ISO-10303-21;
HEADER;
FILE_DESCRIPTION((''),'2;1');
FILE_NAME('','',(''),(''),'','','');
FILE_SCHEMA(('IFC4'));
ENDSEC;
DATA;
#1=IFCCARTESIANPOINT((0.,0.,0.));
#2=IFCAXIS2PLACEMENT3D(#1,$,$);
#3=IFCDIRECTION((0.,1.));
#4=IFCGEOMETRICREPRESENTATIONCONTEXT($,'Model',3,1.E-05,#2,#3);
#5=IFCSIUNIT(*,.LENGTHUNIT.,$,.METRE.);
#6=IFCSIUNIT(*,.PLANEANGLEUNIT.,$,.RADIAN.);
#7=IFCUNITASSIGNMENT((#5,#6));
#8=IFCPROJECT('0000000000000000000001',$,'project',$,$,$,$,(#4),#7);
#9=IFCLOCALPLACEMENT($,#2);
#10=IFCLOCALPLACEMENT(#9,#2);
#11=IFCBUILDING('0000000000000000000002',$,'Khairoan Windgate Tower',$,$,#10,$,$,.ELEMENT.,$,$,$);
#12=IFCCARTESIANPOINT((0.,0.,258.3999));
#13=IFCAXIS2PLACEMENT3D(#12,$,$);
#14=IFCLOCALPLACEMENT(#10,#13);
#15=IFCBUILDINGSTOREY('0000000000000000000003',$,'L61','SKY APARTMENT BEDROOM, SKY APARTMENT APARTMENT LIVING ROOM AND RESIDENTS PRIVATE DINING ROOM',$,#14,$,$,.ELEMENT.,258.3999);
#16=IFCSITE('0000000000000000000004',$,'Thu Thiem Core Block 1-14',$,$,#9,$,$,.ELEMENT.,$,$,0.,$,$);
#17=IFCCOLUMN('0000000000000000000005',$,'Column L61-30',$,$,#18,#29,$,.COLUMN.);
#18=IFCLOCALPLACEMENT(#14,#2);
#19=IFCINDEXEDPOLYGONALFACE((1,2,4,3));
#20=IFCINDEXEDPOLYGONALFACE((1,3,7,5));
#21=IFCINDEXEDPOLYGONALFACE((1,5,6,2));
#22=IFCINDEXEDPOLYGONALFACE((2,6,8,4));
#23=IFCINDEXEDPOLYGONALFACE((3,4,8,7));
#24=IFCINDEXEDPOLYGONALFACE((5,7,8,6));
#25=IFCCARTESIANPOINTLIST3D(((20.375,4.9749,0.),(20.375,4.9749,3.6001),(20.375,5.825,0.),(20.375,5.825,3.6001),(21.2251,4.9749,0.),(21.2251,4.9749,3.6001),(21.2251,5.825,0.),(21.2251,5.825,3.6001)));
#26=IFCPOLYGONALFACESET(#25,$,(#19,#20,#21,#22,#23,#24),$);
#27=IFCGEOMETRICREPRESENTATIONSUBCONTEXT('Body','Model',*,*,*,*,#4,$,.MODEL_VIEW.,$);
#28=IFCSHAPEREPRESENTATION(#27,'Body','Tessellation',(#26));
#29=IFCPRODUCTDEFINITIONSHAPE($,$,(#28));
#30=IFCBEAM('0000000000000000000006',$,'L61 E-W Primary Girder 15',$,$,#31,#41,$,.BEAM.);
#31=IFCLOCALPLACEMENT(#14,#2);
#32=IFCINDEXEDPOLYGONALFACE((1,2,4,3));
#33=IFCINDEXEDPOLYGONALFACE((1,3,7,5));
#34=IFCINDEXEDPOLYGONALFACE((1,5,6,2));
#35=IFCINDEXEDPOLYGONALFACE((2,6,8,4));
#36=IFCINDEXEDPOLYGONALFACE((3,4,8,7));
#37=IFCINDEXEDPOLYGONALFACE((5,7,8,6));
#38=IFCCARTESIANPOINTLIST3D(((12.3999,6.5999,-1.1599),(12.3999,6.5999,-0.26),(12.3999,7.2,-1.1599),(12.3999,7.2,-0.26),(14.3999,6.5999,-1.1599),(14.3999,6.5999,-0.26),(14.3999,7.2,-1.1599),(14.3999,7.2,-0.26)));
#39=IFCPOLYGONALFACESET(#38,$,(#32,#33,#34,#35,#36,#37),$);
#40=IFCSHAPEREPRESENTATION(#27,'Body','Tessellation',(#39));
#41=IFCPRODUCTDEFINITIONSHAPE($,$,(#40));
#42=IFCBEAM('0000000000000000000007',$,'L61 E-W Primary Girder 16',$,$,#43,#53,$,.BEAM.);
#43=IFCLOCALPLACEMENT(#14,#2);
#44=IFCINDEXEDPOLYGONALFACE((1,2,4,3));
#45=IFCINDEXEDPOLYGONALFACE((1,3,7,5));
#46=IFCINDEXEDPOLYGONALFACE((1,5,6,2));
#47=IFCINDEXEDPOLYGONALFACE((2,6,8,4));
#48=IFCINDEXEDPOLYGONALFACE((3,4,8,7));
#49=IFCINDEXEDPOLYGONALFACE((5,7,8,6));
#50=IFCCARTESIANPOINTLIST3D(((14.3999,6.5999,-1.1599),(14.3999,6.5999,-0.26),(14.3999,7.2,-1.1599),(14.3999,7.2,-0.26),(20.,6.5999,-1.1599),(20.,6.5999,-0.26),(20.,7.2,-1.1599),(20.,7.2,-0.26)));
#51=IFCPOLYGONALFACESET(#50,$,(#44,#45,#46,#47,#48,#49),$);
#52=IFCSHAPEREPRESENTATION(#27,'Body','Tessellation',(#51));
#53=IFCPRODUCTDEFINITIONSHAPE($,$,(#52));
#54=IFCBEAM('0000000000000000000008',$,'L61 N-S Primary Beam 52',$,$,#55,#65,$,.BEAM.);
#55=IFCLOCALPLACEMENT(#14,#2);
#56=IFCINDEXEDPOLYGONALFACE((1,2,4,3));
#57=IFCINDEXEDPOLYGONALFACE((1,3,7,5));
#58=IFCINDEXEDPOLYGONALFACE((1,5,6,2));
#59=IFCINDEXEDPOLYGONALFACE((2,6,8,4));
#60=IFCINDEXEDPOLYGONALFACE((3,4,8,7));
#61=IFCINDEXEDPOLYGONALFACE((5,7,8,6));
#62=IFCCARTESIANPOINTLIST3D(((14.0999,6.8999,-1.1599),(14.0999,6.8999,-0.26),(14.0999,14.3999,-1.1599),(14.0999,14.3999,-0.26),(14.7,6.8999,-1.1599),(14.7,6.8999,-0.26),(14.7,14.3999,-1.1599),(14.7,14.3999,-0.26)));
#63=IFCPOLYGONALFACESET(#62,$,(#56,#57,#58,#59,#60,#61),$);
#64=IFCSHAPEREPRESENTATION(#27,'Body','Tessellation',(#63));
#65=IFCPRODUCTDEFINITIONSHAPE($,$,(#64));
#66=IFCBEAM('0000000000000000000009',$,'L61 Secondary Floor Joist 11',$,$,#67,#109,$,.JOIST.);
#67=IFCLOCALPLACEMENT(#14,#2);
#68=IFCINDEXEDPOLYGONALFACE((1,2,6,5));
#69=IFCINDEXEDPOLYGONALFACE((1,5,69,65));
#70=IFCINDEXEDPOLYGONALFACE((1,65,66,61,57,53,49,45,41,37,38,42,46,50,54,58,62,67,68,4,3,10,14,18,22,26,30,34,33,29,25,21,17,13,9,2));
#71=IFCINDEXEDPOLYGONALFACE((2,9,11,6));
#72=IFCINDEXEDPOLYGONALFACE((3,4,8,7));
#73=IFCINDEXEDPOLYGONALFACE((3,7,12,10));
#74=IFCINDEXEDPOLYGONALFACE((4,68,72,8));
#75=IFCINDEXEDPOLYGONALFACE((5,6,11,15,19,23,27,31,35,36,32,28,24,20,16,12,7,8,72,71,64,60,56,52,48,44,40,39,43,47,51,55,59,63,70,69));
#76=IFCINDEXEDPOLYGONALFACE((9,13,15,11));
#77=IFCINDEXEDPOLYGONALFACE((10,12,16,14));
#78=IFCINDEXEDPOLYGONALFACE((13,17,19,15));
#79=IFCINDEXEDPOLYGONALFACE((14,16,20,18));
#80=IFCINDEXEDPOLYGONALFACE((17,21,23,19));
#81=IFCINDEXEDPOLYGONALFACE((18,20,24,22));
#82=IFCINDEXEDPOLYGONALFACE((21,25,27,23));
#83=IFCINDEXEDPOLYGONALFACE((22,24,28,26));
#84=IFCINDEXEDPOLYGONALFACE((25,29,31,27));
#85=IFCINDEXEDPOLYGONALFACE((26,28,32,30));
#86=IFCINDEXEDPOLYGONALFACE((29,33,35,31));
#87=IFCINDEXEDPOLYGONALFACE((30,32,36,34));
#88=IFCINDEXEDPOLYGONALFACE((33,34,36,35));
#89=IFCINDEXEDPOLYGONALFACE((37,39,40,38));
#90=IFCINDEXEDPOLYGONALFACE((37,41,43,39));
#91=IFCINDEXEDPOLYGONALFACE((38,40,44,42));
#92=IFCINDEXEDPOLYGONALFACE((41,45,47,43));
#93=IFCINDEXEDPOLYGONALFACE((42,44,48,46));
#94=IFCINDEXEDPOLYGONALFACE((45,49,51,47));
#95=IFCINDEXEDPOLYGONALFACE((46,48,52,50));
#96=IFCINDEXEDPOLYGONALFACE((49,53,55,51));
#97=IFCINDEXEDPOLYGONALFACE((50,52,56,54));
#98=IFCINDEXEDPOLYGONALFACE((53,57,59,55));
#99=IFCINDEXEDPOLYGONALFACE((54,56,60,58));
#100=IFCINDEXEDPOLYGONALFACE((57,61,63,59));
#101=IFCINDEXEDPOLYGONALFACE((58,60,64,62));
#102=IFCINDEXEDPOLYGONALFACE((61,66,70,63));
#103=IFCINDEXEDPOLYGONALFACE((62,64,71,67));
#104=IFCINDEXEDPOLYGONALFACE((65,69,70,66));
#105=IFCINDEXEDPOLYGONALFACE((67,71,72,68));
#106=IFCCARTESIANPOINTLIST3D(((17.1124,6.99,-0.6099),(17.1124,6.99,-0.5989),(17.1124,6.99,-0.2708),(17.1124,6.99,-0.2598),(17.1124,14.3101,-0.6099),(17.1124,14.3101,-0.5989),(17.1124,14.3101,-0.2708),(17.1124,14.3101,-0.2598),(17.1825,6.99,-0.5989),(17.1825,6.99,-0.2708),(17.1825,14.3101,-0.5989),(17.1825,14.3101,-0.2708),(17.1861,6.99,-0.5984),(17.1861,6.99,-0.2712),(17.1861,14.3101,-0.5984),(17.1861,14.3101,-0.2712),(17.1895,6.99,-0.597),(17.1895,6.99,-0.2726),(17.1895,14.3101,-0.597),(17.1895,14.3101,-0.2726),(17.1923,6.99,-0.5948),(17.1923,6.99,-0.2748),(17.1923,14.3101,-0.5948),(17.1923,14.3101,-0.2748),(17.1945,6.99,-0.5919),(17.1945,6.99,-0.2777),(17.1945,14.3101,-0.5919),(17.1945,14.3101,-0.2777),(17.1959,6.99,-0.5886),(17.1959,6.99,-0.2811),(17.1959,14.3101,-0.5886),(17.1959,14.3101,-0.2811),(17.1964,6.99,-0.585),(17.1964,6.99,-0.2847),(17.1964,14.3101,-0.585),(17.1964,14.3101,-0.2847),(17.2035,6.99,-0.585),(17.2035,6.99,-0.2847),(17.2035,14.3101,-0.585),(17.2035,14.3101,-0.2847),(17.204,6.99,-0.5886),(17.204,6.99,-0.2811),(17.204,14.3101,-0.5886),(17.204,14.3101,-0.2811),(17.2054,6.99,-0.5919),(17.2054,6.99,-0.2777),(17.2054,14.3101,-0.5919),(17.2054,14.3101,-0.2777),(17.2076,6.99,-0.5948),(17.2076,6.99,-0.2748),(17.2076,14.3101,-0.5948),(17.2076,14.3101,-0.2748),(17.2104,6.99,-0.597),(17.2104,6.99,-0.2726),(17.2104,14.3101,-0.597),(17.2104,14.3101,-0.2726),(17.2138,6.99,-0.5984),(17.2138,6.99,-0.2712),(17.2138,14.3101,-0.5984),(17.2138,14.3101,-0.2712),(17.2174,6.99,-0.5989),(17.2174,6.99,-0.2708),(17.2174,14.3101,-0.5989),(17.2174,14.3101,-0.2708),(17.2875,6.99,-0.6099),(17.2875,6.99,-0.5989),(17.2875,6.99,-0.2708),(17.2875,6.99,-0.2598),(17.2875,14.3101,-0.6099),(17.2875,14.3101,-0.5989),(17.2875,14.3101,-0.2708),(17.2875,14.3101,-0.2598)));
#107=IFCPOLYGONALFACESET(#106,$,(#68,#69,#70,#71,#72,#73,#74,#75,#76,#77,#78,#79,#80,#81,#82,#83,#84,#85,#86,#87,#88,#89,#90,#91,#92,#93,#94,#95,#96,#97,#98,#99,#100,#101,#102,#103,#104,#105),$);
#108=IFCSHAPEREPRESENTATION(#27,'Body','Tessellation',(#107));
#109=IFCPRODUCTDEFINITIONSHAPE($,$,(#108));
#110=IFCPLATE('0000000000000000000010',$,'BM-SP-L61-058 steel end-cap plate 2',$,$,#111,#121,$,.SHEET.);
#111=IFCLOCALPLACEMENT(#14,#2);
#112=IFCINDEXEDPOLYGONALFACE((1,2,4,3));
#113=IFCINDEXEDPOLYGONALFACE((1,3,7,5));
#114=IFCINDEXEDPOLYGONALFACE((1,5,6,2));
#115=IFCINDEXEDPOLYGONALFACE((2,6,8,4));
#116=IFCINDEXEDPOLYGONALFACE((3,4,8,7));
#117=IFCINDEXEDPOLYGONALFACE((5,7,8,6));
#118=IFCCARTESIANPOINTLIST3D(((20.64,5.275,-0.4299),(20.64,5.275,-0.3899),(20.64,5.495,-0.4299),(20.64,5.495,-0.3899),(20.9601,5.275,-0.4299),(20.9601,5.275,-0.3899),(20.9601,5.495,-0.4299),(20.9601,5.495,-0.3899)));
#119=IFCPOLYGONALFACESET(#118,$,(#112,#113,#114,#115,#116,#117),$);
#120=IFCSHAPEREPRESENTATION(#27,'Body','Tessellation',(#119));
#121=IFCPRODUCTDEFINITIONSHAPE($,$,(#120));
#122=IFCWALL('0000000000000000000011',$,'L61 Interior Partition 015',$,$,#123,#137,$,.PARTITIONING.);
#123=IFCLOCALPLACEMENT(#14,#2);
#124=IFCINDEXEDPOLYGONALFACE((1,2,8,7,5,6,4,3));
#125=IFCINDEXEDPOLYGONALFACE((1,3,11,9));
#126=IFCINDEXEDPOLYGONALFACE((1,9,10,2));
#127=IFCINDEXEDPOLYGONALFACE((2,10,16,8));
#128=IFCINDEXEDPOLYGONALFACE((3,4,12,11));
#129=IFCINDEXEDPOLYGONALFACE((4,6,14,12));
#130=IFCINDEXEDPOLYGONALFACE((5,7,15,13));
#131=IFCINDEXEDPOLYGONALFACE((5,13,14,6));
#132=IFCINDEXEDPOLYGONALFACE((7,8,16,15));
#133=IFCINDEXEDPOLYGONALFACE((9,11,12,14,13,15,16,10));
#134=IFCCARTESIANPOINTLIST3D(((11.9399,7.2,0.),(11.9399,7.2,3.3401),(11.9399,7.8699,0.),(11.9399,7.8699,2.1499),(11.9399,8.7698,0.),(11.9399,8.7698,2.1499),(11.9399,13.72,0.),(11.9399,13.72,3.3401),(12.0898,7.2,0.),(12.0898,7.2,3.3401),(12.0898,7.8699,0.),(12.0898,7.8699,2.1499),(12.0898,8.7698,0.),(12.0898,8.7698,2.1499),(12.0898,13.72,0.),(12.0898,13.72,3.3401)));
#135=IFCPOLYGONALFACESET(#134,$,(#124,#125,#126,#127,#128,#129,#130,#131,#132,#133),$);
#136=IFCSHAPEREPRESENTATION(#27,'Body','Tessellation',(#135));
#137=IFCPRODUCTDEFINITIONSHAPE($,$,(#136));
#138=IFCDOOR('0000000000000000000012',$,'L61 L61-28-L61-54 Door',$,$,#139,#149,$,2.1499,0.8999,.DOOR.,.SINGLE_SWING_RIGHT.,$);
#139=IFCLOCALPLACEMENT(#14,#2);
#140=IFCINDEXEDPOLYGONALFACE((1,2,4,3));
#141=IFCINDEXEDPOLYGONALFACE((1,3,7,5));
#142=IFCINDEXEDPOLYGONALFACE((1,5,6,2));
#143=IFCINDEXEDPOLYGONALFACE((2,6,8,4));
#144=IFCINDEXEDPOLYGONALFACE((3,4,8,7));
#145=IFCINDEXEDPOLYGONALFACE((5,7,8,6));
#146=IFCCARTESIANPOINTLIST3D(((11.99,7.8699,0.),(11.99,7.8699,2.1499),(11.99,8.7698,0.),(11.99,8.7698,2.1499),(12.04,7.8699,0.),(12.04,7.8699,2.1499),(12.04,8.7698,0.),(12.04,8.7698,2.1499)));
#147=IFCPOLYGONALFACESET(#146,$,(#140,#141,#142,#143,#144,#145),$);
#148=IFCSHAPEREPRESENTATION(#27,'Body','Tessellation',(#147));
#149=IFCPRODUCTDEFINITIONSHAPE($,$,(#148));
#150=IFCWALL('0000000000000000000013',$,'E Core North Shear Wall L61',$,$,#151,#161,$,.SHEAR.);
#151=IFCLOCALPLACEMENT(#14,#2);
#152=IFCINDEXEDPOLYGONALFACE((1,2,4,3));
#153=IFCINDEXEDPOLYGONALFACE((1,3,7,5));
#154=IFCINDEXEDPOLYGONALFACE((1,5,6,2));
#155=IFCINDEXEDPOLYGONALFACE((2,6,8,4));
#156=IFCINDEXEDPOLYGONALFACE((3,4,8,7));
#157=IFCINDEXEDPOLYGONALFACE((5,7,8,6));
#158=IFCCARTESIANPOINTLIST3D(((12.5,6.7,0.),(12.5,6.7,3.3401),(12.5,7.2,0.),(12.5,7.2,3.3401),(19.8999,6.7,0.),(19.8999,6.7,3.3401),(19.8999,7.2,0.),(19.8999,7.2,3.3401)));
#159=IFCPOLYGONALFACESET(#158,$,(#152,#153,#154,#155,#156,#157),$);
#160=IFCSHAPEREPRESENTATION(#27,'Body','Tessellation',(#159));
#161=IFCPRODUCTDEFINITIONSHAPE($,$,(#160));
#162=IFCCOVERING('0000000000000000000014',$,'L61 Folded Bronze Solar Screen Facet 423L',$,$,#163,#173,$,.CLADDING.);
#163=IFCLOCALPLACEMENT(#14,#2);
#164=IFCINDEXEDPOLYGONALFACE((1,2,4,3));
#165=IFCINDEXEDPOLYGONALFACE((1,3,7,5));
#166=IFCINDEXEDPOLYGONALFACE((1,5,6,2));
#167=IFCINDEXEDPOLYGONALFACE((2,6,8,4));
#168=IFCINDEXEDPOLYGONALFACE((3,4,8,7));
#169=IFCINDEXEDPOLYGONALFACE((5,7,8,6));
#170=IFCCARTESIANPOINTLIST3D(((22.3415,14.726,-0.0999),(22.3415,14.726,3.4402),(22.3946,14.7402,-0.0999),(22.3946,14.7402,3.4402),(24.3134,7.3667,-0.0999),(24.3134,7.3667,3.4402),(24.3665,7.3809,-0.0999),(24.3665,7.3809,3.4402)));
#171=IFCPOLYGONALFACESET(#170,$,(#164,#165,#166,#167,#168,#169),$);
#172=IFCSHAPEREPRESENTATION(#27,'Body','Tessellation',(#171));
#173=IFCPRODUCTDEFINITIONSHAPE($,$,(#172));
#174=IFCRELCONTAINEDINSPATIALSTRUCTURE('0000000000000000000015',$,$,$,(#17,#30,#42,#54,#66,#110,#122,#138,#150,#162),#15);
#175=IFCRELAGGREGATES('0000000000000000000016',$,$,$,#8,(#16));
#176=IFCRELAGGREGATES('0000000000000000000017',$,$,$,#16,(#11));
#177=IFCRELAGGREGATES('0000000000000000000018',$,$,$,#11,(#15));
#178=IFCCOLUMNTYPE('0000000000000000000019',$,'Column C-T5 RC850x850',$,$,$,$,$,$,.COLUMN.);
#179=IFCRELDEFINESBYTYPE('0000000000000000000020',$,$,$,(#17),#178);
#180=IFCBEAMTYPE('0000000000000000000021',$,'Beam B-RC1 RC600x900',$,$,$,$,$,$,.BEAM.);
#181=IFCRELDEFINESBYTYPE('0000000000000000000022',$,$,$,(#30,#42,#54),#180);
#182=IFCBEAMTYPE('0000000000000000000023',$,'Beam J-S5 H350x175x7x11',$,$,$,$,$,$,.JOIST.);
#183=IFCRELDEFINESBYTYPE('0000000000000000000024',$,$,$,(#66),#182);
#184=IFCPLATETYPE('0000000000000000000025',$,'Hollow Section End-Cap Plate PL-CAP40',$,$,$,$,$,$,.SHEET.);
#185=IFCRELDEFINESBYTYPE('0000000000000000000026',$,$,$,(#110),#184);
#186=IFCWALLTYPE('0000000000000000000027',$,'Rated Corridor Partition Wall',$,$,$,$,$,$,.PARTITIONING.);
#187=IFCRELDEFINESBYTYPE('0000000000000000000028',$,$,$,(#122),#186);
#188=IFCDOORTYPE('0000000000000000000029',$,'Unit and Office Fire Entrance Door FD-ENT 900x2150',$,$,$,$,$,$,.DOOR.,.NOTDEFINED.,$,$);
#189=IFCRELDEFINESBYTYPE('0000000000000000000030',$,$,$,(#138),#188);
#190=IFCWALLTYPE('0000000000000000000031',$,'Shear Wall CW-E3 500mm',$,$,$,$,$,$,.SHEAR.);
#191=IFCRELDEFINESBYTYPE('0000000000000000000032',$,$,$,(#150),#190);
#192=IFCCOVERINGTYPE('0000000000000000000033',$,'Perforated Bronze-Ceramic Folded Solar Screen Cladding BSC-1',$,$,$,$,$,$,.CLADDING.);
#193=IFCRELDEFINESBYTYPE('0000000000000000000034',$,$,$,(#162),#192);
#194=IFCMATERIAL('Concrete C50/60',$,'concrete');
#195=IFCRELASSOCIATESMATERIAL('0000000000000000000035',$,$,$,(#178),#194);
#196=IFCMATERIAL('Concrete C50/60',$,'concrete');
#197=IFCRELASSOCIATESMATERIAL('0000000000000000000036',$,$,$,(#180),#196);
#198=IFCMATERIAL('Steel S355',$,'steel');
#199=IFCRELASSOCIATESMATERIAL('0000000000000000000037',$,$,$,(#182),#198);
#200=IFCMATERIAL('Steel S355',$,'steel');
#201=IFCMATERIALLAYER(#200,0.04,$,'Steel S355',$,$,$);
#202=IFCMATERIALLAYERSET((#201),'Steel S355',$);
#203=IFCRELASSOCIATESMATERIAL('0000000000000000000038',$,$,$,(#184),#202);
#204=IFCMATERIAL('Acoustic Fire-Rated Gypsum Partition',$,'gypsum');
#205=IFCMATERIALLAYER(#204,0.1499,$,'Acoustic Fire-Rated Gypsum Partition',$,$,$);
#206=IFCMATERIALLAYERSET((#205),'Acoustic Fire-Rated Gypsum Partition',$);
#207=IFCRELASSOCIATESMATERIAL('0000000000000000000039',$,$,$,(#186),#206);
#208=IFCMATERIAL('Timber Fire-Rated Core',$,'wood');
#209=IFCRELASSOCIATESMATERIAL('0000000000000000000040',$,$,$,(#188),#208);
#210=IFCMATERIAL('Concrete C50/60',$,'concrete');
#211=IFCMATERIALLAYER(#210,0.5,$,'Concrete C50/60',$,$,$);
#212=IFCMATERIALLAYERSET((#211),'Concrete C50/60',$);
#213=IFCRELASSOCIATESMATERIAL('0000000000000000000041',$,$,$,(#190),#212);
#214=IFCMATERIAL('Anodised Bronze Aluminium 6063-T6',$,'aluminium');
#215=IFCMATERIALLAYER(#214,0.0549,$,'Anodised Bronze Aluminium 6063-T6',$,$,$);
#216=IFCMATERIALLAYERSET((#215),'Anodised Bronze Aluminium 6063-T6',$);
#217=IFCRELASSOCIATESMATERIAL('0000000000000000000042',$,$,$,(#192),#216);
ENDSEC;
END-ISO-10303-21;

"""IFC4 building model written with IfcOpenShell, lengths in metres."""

from ifc_helpers import new_model, si_unit, direction, frame, frame_2d, origin, origin_2d, place, context, subcontext, project, spatial, rectangle, i_section, extrude, material, layer, layer_set, material_profile, profile_set, type_object, element, fill, save


model = new_model("IFC4")

# Units and contexts
model_context = context("Model", 3, precision=1e-05, world=origin(), true_north=direction((0.0, 1.0)))
body_context = subcontext(model_context, "Body", "Model", "MODEL_VIEW")
ifc_project = project(units=[si_unit("LENGTHUNIT", "METRE"), si_unit("PLANEANGLEUNIT", "RADIAN")], contexts=[model_context])

# Site, building, storey
site_placement = place(None, origin())
site = spatial("IfcSite", under=ifc_project, at=site_placement, Name="Thu Thiem Core Block 1-14", CompositionType="ELEMENT", RefElevation=0.0)
building_placement = place(site_placement, origin())
building = spatial("IfcBuilding", under=site, at=building_placement, Name="Khairoan Windgate Tower", CompositionType="ELEMENT")
storey_placement = place(building_placement, frame((0.0, 0.0, 258.3999)))
storey = spatial("IfcBuildingStorey", under=building, at=storey_placement, Name="L61", Description="SKY APARTMENT BEDROOM, SKY APARTMENT APARTMENT LIVING ROOM AND RESIDENTS PRIVATE DINING ROOM", CompositionType="ELEMENT", Elevation=258.3999)

# Column
ifc_material_1 = material(Name="Concrete C50/60", Category="concrete")
ifc_material_profile_1 = material_profile(ifc_material_1, rectangle(XDim=0.8501, YDim=0.8501, at=origin_2d()))
ifc_profile_set_1 = profile_set([ifc_material_profile_1], Name="Concrete C50/60")
column_type = type_object("IfcColumnType", Name="Column C-T5 RC850x850", PredefinedType="COLUMN", material=ifc_profile_set_1)
column_placement = place(storey_placement, frame((20.8, 5.3999, 0.0), z_axis=(0.0, 0.0, 1.0), x_axis=(1.0, 0.0, 0.0)))
element("IfcColumn", 1, at=column_placement, inside=storey, type_object=column_type, Name="Column L61-30", PredefinedType="COLUMN", context=body_context, shape_type="SweptSolid", body=[
    extrude(rectangle(XDim=0.8501, YDim=0.8501, at=origin_2d()), origin(), (0.0, 0.0, 1.0), 3.6001),
])

# Beams
ifc_material_2 = material(Name="Concrete C50/60", Category="concrete")
ifc_material_profile_2 = material_profile(ifc_material_2, rectangle(XDim=0.6001, YDim=0.8999, at=origin_2d()))
ifc_profile_set_2 = profile_set([ifc_material_profile_2], Name="Concrete C50/60")
beam_type_1 = type_object("IfcBeamType", Name="Beam B-RC1 RC600x900", PredefinedType="BEAM", material=ifc_profile_set_2)
beam_1_placement = place(storey_placement, frame((12.3999, 6.8999, -0.71), z_axis=(1.0, 0.0, 0.0), x_axis=(0.0, 1.0, 0.0)))
element("IfcBeam", 2, at=beam_1_placement, inside=storey, type_object=beam_type_1, Name="L61 E-W Primary Girder 15", PredefinedType="BEAM", context=body_context, shape_type="SweptSolid", body=[
    extrude(rectangle(XDim=0.6001, YDim=0.8999, at=origin_2d()), origin(), (0.0, 0.0, 1.0), 2.0),
])
beam_2_placement = place(storey_placement, frame((14.3999, 6.8999, -0.71), z_axis=(1.0, 0.0, 0.0), x_axis=(0.0, 1.0, 0.0)))
element("IfcBeam", 3, at=beam_2_placement, inside=storey, type_object=beam_type_1, Name="L61 E-W Primary Girder 16", PredefinedType="BEAM", context=body_context, shape_type="SweptSolid", body=[
    extrude(rectangle(XDim=0.6001, YDim=0.8999, at=origin_2d()), origin(), (0.0, 0.0, 1.0), 5.6001),
])
beam_3_placement = place(storey_placement, frame((14.3999, 6.8999, -0.71), z_axis=(0.0, 1.0, 0.0), x_axis=(-1.0, 0.0, 0.0)))
element("IfcBeam", 4, at=beam_3_placement, inside=storey, type_object=beam_type_1, Name="L61 N-S Primary Beam 52", PredefinedType="BEAM", context=body_context, shape_type="SweptSolid", body=[
    extrude(rectangle(XDim=0.6001, YDim=0.8999, at=origin_2d()), origin(), (0.0, 0.0, 1.0), 7.5),
])
ifc_material_3 = material(Name="Steel S355", Category="steel")
ifc_material_profile_3 = material_profile(ifc_material_3, i_section(OverallWidth=0.175, OverallDepth=0.3501, WebThickness=0.0071, FlangeThickness=0.011, FilletRadius=0.0139, at=origin_2d()))
ifc_profile_set_3 = profile_set([ifc_material_profile_3], Name="Steel S355")
beam_type_2 = type_object("IfcBeamType", Name="Beam J-S5 H350x175x7x11", PredefinedType="JOIST", material=ifc_profile_set_3)
beam_4_placement = place(storey_placement, frame((17.2, 6.99, -0.4348), z_axis=(0.0, 1.0, 0.0), x_axis=(-1.0, 0.0, 0.0)))
element("IfcBeam", 5, at=beam_4_placement, inside=storey, type_object=beam_type_2, Name="L61 Secondary Floor Joist 11", PredefinedType="JOIST", context=body_context, shape_type="SweptSolid", body=[
    extrude(i_section(OverallWidth=0.175, OverallDepth=0.3501, WebThickness=0.0071, FlangeThickness=0.011, FilletRadius=0.0139, at=origin_2d()), origin(), (0.0, 0.0, 1.0), 7.3201),
])

# Plate
ifc_material_4 = material(Name="Steel S355", Category="steel")
ifc_layer_1 = layer(ifc_material_4, 0.04, Name="Steel S355")
ifc_layer_set_1 = layer_set([ifc_layer_1], Name="Steel S355")
plate_type = type_object("IfcPlateType", Name="Hollow Section End-Cap Plate PL-CAP40", PredefinedType="SHEET", material=ifc_layer_set_1)
plate_placement = place(storey_placement, frame((20.8, 5.385, -0.4299), z_axis=(0.0, 0.0, 1.0), x_axis=(0.0, 1.0, 0.0)))
element("IfcPlate", 6, at=plate_placement, inside=storey, type_object=plate_type, Name="BM-SP-L61-058 steel end-cap plate 2", PredefinedType="SHEET", context=body_context, shape_type="SweptSolid", body=[
    extrude(rectangle(XDim=0.22, YDim=0.3201, at=origin_2d()), origin(), (0.0, 0.0, 1.0), 0.04),
])

# Wall, opening, door
ifc_material_5 = material(Name="Acoustic Fire-Rated Gypsum Partition", Category="gypsum")
ifc_layer_2 = layer(ifc_material_5, 0.1499, Name="Acoustic Fire-Rated Gypsum Partition")
ifc_layer_set_2 = layer_set([ifc_layer_2], Name="Acoustic Fire-Rated Gypsum Partition")
wall_type_1 = type_object("IfcWallType", Name="Rated Corridor Partition Wall", PredefinedType="PARTITIONING", material=ifc_layer_set_2)
wall_1_placement = place(storey_placement, frame((12.0149, 7.2, 0.0), z_axis=(0.0, 0.0, 1.0), x_axis=(0.0, 1.0, 0.0)))
wall_1 = element("IfcWall", 7, at=wall_1_placement, inside=storey, type_object=wall_type_1, Name="L61 Interior Partition 015", PredefinedType="PARTITIONING", context=body_context, shape_type="SweptSolid", body=[
    extrude(rectangle(XDim=6.52, YDim=0.1499, at=frame_2d((3.26, 0.0))), origin(), (0.0, 0.0, 1.0), 3.3401),
])
opening_placement = place(wall_1_placement, frame((0.6699, 0.0, 0.0)))
opening = element("IfcOpeningElement", 8, at=opening_placement, cuts=wall_1, PredefinedType="OPENING", context=body_context, shape_type="SweptSolid", body=[
    extrude(rectangle(XDim=0.8999, YDim=2.1499, at=frame_2d((0.45, 1.075))), frame((0.0, 0.085, 0.0), z_axis=(0.0, -1.0, 0.0), x_axis=(1.0, 0.0, 0.0)), (0.0, 0.0, 1.0), 0.1699),
])
ifc_material_6 = material(Name="Timber Fire-Rated Core", Category="wood")
door_type = type_object("IfcDoorType", Name="Unit and Office Fire Entrance Door FD-ENT 900x2150", OperationType="NOTDEFINED", PredefinedType="DOOR", material=ifc_material_6)
door_placement = place(opening_placement, origin())
door = element("IfcDoor", 9, at=door_placement, inside=storey, type_object=door_type, Name="L61 L61-28-L61-54 Door", OperationType="SINGLE_SWING_RIGHT", OverallHeight=2.1499, OverallWidth=0.8999, PredefinedType="DOOR", context=body_context, shape_type="SweptSolid", body=[
    extrude(rectangle(XDim=0.8999, YDim=2.1499, at=frame_2d((0.45, 1.075))), frame((0.0, 0.0249, 0.0), z_axis=(0.0, -1.0, 0.0), x_axis=(1.0, 0.0, 0.0)), (0.0, 0.0, 1.0), 0.05),
])
fill(opening, door)

# Wall
ifc_material_7 = material(Name="Concrete C50/60", Category="concrete")
ifc_layer_3 = layer(ifc_material_7, 0.5, Name="Concrete C50/60")
ifc_layer_set_3 = layer_set([ifc_layer_3], Name="Concrete C50/60")
wall_type_2 = type_object("IfcWallType", Name="Shear Wall CW-E3 500mm", PredefinedType="SHEAR", material=ifc_layer_set_3)
wall_2_placement = place(storey_placement, frame((12.5, 6.95, 0.0), z_axis=(0.0, 0.0, 1.0), x_axis=(1.0, 0.0, 0.0)))
element("IfcWall", 10, at=wall_2_placement, inside=storey, type_object=wall_type_2, Name="E Core North Shear Wall L61", PredefinedType="SHEAR", context=body_context, shape_type="SweptSolid", body=[
    extrude(rectangle(XDim=7.3999, YDim=0.5, at=frame_2d((3.7, 0.0))), origin(), (0.0, 0.0, 1.0), 3.3401),
])

# Covering
ifc_material_8 = material(Name="Anodised Bronze Aluminium 6063-T6", Category="aluminium")
ifc_layer_4 = layer(ifc_material_8, 0.0549, Name="Anodised Bronze Aluminium 6063-T6")
ifc_layer_set_4 = layer_set([ifc_layer_4], Name="Anodised Bronze Aluminium 6063-T6")
covering_type = type_object("IfcCoveringType", Name="Perforated Bronze-Ceramic Folded Solar Screen Cladding BSC-1", PredefinedType="CLADDING", material=ifc_layer_set_4)
covering_placement = place(storey_placement, frame((23.354, 11.0535, -0.0999), z_axis=(0.0, 0.0, 1.0), x_axis=(0.258819, -0.965926, 0.0)))
element("IfcCovering", 11, at=covering_placement, inside=storey, type_object=covering_type, Name="L61 Folded Bronze Solar Screen Facet 423L", PredefinedType="CLADDING", context=body_context, shape_type="SweptSolid", body=[
    extrude(rectangle(XDim=7.6189, YDim=0.0549, at=origin_2d()), origin(), (0.0, 0.0, 1.0), 3.54),
])

save(model, "model.ifc")
